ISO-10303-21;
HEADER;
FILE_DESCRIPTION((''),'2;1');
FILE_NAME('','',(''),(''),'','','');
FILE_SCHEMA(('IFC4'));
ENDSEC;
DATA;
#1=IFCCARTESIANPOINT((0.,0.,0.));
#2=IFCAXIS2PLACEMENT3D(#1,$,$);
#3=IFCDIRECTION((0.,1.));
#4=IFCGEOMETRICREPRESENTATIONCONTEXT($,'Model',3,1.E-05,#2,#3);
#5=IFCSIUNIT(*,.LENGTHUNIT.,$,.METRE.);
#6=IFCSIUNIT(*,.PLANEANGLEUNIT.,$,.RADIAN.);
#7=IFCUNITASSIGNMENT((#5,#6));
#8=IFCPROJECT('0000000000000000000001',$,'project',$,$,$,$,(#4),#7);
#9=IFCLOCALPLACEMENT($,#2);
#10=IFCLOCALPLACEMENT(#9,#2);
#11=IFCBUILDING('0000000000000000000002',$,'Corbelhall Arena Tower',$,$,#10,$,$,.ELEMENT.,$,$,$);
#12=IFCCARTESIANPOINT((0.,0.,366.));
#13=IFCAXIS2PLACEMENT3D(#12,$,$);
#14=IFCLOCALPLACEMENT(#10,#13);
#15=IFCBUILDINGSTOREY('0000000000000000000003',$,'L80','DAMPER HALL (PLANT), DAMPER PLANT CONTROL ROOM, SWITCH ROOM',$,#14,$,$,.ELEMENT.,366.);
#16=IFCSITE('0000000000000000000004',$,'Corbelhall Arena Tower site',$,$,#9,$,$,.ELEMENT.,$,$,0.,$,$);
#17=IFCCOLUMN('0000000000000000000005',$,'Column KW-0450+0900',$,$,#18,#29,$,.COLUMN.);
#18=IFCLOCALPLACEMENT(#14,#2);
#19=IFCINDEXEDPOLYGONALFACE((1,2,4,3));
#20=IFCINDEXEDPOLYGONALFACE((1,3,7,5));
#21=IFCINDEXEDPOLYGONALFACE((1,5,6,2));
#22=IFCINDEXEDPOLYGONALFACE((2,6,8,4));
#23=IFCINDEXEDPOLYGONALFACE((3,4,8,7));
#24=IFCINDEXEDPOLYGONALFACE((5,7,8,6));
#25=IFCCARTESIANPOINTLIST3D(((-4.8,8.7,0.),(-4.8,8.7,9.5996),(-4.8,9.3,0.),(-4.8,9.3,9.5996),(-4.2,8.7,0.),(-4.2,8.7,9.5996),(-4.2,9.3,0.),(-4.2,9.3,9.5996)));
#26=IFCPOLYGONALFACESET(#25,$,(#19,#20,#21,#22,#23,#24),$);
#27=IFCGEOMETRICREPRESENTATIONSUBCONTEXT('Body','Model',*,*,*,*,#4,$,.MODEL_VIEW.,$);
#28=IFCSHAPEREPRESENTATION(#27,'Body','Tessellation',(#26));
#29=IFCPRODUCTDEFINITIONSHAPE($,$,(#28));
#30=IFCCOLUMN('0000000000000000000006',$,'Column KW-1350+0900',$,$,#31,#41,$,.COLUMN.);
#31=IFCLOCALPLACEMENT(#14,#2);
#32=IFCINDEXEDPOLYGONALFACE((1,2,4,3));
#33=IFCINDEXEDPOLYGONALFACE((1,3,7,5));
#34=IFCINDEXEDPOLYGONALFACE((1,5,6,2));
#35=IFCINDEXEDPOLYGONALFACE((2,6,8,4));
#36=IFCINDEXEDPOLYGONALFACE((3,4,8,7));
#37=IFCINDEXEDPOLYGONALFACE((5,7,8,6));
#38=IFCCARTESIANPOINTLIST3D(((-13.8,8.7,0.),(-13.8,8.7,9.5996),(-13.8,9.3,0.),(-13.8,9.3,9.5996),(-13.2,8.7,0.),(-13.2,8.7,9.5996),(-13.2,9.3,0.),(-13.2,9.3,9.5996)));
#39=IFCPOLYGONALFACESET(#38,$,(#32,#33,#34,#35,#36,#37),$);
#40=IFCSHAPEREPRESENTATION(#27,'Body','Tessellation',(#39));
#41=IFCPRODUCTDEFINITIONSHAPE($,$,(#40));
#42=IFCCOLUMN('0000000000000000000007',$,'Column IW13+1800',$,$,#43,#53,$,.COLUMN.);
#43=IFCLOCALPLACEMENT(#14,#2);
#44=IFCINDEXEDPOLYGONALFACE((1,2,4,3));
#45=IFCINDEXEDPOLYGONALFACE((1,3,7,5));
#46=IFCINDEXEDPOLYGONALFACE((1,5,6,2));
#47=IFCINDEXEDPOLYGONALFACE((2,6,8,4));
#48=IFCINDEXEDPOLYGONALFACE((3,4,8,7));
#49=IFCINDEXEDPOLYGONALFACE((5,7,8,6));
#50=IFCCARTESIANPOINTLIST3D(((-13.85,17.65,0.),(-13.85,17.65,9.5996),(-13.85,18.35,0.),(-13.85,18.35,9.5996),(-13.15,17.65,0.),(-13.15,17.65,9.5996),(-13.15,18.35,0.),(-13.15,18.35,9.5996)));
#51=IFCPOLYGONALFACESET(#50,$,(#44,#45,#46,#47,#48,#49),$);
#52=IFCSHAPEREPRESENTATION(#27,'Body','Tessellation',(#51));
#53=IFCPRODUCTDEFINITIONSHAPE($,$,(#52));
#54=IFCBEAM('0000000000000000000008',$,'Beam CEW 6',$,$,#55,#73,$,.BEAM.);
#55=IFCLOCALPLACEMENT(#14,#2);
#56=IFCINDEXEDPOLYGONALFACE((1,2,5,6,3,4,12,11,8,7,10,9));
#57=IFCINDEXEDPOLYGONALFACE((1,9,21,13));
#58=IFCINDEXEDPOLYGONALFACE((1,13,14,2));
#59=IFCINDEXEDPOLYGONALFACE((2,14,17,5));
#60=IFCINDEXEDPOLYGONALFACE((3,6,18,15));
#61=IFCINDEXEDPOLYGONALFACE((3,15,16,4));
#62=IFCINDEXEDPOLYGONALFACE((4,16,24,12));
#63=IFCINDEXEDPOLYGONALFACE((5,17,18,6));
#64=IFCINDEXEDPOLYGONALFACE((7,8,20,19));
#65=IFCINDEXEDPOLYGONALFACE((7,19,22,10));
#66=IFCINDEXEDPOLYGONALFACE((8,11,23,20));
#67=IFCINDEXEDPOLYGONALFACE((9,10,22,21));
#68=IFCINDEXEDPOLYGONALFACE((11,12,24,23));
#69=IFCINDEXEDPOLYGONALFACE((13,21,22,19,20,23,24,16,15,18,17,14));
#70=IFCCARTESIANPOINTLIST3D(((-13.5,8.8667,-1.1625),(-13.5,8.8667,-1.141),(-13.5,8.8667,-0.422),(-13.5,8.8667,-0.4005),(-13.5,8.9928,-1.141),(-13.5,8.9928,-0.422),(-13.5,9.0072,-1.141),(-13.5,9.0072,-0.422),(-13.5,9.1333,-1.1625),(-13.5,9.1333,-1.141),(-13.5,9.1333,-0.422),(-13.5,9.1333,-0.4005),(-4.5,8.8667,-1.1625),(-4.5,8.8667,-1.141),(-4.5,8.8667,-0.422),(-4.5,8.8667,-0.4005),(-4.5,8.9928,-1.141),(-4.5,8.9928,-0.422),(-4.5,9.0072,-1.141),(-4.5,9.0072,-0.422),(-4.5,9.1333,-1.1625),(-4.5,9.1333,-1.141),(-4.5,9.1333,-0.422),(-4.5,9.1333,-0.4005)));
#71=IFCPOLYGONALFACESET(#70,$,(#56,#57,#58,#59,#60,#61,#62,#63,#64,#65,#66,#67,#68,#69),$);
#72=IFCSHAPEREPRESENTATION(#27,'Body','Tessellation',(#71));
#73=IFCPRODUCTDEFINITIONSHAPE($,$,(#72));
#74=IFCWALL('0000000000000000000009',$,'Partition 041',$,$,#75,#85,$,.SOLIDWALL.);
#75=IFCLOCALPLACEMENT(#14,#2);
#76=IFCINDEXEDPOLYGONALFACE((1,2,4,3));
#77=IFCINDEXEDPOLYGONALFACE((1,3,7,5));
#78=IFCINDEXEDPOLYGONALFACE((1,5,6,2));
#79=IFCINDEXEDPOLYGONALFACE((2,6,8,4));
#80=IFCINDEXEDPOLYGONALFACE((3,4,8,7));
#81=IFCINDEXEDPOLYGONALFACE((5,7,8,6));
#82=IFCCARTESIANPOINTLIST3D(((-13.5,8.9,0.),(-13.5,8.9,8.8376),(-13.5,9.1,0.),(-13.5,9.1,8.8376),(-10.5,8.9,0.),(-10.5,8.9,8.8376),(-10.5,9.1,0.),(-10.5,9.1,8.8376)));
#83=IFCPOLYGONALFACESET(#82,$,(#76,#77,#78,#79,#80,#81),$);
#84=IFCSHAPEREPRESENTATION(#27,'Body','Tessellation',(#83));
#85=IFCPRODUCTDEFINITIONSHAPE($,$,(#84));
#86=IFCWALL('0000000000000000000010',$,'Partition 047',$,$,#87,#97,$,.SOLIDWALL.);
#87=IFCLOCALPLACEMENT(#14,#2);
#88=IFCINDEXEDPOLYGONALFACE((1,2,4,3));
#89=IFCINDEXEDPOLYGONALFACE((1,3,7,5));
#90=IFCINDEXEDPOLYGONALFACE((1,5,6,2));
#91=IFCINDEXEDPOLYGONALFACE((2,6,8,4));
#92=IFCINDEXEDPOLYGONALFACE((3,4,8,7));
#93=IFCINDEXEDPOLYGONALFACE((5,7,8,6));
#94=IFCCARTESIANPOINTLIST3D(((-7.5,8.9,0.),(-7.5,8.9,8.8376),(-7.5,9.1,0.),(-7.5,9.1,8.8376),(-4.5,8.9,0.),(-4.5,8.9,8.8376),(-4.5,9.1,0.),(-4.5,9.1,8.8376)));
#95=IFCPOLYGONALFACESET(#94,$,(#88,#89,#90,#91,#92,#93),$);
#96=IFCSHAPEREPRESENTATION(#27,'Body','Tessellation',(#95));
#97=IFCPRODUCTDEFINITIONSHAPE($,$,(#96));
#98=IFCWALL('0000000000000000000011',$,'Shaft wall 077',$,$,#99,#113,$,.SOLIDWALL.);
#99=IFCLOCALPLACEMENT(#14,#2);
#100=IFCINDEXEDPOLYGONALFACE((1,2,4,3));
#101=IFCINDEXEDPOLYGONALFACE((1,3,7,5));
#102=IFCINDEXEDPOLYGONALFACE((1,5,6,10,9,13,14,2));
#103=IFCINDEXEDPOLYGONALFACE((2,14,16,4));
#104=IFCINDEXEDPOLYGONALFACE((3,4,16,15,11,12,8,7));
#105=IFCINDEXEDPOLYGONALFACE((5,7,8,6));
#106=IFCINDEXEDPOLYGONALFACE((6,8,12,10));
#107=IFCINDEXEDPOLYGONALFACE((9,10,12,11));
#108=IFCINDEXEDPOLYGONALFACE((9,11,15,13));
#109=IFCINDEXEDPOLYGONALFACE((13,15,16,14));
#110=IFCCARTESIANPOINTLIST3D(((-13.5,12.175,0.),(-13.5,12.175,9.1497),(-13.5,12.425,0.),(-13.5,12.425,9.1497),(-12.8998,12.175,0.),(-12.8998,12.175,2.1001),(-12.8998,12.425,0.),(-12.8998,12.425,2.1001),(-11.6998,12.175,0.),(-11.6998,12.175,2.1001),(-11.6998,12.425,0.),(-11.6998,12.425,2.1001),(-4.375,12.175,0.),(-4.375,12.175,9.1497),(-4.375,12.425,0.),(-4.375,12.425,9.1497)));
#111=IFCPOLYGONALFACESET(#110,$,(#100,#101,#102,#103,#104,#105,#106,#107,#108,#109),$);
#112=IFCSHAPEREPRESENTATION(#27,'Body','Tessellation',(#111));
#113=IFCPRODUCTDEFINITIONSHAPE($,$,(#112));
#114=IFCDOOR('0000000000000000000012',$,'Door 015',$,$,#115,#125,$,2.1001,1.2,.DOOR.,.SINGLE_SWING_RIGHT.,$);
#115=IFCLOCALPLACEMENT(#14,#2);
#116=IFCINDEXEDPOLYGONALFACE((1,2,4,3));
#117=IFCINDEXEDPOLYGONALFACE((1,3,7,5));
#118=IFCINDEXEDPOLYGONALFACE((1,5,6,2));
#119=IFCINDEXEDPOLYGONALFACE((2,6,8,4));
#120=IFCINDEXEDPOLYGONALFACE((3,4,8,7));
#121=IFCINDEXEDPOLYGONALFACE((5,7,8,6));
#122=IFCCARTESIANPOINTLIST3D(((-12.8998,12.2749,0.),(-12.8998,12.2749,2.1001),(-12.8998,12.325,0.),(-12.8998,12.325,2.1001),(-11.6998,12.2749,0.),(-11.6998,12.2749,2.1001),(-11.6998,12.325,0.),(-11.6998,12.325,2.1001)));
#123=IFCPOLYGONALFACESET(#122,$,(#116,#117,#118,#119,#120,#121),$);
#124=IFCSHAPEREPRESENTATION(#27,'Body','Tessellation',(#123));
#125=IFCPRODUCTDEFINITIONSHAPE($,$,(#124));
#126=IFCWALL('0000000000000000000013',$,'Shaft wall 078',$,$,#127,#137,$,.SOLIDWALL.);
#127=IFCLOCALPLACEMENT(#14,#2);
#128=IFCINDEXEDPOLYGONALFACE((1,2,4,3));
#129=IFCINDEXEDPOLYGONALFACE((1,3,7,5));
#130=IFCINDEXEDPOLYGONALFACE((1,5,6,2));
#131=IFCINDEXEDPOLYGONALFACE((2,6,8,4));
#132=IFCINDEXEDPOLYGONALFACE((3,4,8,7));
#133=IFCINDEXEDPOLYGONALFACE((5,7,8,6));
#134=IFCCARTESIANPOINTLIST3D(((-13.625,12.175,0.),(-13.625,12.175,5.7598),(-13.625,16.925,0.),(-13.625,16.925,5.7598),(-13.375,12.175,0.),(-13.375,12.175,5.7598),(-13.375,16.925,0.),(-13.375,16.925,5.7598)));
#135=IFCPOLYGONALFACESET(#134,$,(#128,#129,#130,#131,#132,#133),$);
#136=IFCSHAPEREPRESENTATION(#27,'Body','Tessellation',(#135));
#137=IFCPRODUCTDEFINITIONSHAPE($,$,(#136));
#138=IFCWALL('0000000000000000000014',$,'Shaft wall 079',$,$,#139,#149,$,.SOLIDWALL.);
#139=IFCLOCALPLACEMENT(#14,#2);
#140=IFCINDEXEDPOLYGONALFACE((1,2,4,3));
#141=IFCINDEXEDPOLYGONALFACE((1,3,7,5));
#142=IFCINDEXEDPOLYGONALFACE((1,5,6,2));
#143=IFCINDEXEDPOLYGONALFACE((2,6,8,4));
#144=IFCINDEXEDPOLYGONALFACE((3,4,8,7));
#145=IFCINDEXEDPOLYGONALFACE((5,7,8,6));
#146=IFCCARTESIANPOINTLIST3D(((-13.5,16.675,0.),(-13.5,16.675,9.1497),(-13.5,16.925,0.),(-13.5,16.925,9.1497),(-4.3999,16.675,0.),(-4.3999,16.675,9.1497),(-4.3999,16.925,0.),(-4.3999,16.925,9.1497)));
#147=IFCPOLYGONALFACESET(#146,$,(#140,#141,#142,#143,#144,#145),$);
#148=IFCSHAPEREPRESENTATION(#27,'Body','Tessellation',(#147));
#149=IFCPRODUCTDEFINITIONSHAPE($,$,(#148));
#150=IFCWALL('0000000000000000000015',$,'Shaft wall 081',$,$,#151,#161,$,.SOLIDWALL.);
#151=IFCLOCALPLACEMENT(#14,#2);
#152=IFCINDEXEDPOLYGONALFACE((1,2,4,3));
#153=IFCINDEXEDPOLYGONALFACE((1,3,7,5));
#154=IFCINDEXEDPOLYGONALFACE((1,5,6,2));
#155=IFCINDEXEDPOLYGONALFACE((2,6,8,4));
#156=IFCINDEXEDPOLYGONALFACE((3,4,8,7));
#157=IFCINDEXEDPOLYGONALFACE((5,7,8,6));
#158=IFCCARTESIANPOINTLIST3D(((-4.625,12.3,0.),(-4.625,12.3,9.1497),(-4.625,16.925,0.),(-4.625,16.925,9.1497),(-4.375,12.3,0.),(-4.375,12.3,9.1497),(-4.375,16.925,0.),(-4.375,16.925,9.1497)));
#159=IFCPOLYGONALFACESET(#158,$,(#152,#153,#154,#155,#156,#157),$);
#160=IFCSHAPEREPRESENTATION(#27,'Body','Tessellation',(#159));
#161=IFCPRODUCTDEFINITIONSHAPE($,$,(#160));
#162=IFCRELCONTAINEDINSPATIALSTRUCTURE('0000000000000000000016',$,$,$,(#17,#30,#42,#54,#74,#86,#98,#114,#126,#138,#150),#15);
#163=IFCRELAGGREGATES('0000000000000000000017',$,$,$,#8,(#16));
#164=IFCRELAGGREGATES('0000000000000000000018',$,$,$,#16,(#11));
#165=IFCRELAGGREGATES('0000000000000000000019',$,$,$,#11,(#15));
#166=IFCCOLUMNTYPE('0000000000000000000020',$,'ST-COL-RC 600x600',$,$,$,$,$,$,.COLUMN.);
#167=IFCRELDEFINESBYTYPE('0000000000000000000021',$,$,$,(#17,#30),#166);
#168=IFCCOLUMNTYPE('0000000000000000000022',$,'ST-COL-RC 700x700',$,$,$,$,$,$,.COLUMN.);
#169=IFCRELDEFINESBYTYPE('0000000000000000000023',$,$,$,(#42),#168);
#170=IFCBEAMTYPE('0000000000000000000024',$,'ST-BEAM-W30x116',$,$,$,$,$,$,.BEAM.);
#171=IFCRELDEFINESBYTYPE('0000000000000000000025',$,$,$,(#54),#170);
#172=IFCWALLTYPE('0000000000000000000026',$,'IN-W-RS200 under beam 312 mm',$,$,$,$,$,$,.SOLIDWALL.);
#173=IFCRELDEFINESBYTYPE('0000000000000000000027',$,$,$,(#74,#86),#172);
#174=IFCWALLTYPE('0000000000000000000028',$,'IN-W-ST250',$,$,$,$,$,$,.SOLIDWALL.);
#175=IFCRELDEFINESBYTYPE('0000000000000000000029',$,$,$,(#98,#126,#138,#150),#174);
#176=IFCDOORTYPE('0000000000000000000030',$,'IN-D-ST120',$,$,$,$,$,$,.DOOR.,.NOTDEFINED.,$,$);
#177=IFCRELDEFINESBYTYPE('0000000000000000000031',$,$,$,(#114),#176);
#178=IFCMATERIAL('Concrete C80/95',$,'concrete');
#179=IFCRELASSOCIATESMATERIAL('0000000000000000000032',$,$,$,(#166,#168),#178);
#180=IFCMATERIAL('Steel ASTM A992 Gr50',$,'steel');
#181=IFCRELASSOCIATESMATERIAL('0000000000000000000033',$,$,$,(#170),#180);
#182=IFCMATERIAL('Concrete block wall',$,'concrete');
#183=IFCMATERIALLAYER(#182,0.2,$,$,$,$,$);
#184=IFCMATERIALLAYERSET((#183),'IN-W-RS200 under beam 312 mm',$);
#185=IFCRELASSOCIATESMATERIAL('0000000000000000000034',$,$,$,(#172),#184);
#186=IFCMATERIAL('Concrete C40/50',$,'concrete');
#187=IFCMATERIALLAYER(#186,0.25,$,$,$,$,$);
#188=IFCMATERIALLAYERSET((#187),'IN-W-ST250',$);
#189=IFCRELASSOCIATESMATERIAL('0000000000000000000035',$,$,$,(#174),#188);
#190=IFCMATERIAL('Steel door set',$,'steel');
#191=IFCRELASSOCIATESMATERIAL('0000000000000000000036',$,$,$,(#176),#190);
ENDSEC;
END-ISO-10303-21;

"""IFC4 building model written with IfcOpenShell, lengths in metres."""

from ifc_helpers import new_model, si_unit, direction, frame, frame_2d, origin, origin_2d, place, context, subcontext, project, spatial, rectangle, i_section, extrude, material, layer, layer_set, material_profile, profile_set, type_object, element, fill, save


model = new_model("IFC4")

# Units and contexts
model_context = context("Model", 3, precision=1e-05, world=origin(), true_north=direction((0.0, 1.0)))
body_context = subcontext(model_context, "Body", "Model", "MODEL_VIEW")
ifc_project = project(units=[si_unit("LENGTHUNIT", "METRE"), si_unit("PLANEANGLEUNIT", "RADIAN")], contexts=[model_context])

# Site, building, storey
site_placement = place(None, origin())
site = spatial("IfcSite", under=ifc_project, at=site_placement, Name="Corbelhall Arena Tower site", CompositionType="ELEMENT", RefElevation=0.0)
building_placement = place(site_placement, origin())
building = spatial("IfcBuilding", under=site, at=building_placement, Name="Corbelhall Arena Tower", CompositionType="ELEMENT")
storey_placement = place(building_placement, frame((0.0, 0.0, 366.0)))
storey = spatial("IfcBuildingStorey", under=building, at=storey_placement, Name="L80", Description="DAMPER HALL (PLANT), DAMPER PLANT CONTROL ROOM, SWITCH ROOM", CompositionType="ELEMENT", Elevation=366.0)

# Columns
ifc_material_1 = material(Name="Concrete C80/95", Category="concrete")
ifc_material_profile_1 = material_profile(ifc_material_1, rectangle(XDim=0.6001, YDim=0.6001, at=origin_2d()))
ifc_profile_set_1 = profile_set([ifc_material_profile_1], Name="Concrete C80/95")
column_type_1 = type_object("IfcColumnType", Name="ST-COL-RC 600x600", PredefinedType="COLUMN", material=ifc_profile_set_1)
for number, where, z_axis, x_axis, name in (
    (1, (-4.5, 9.0, 0.0), (0.0, 0.0, 1.0), (1.0, 0.0, 0.0), "Column KW-0450+0900"),
    (2, (-13.5, 9.0, 0.0), (0.0, 0.0, 1.0), (1.0, 0.0, 0.0), "Column KW-1350+0900"),
):
    element("IfcColumn", number, at=place(storey_placement, frame(where, z_axis=z_axis, x_axis=x_axis)), inside=storey, type_object=column_type_1, Name=name, PredefinedType="COLUMN", context=body_context, shape_type="SweptSolid", body=[
        extrude(rectangle(XDim=0.6001, YDim=0.6001, at=origin_2d()), origin(), (0.0, 0.0, 1.0), 9.5996),
    ])
ifc_material_profile_2 = material_profile(ifc_material_1, rectangle(XDim=0.7, YDim=0.7, at=origin_2d()))
ifc_profile_set_2 = profile_set([ifc_material_profile_2], Name="Concrete C80/95")
column_type_2 = type_object("IfcColumnType", Name="ST-COL-RC 700x700", PredefinedType="COLUMN", material=ifc_profile_set_2)
column_placement = place(storey_placement, frame((-13.5, 18.0, 0.0), z_axis=(0.0, 0.0, 1.0), x_axis=(1.0, 0.0, 0.0)))
element("IfcColumn", 3, at=column_placement, inside=storey, type_object=column_type_2, Name="Column IW13+1800", PredefinedType="COLUMN", context=body_context, shape_type="SweptSolid", body=[
    extrude(rectangle(XDim=0.7, YDim=0.7, at=origin_2d()), origin(), (0.0, 0.0, 1.0), 9.5996),
])

# Beam
ifc_material_2 = material(Name="Steel ASTM A992 Gr50", Category="steel")
ifc_material_profile_3 = material_profile(ifc_material_2, i_section(OverallWidth=0.2666, OverallDepth=0.762, WebThickness=0.0144, FlangeThickness=0.0215, at=origin_2d()))
ifc_profile_set_3 = profile_set([ifc_material_profile_3], Name="Steel ASTM A992 Gr50")
beam_type = type_object("IfcBeamType", Name="ST-BEAM-W30x116", PredefinedType="BEAM", material=ifc_profile_set_3)
beam_placement = place(storey_placement, frame((-13.5, 9.0, -0.7815), z_axis=(1.0, 0.0, 0.0), x_axis=(0.0, 1.0, 0.0)))
element("IfcBeam", 4, at=beam_placement, inside=storey, type_object=beam_type, Name="Beam CEW 6", PredefinedType="BEAM", context=body_context, shape_type="SweptSolid", body=[
    extrude(i_section(OverallWidth=0.2666, OverallDepth=0.762, WebThickness=0.0144, FlangeThickness=0.0215, at=origin_2d()), origin(), (0.0, 0.0, 1.0), 9.0),
])

# Shared definitions
ifc_material_3 = material(Name="Steel door set", Category="steel")
ifc_material_4 = material(Name="Concrete block wall", Category="concrete")

# Walls
ifc_layer_1 = layer(ifc_material_4, 0.2)
ifc_layer_set_1 = layer_set([ifc_layer_1], Name="IN-W-RS200 under beam 312 mm")
wall_type_1 = type_object("IfcWallType", Name="IN-W-RS200 under beam 312 mm", PredefinedType="SOLIDWALL", material=ifc_layer_set_1)
for number, where, z_axis, x_axis, name in (
    (5, (-13.5, 9.0, 0.0), (0.0, 0.0, 1.0), (1.0, 0.0, 0.0), "Partition 041"),
    (6, (-7.5, 9.0, 0.0), (0.0, 0.0, 1.0), (1.0, 0.0, 0.0), "Partition 047"),
):
    element("IfcWall", number, at=place(storey_placement, frame(where, z_axis=z_axis, x_axis=x_axis)), inside=storey, type_object=wall_type_1, Name=name, PredefinedType="SOLIDWALL", context=body_context, shape_type="SweptSolid", body=[
        extrude(rectangle(XDim=3.0, YDim=0.2, at=frame_2d((1.5, 0.0))), origin(), (0.0, 0.0, 1.0), 8.8376),
    ])

# Wall, opening, door
ifc_material_5 = material(Name="Concrete C40/50", Category="concrete")
ifc_layer_2 = layer(ifc_material_5, 0.25)
ifc_layer_set_2 = layer_set([ifc_layer_2], Name="IN-W-ST250")
wall_type_2 = type_object("IfcWallType", Name="IN-W-ST250", PredefinedType="SOLIDWALL", material=ifc_layer_set_2)
wall_1_placement = place(storey_placement, frame((-13.5, 12.3, 0.0), z_axis=(0.0, 0.0, 1.0), x_axis=(1.0, 0.0, 0.0)))
wall_1 = element("IfcWall", 7, at=wall_1_placement, inside=storey, type_object=wall_type_2, Name="Shaft wall 077", PredefinedType="SOLIDWALL", context=body_context, shape_type="SweptSolid", body=[
    extrude(rectangle(XDim=9.125, YDim=0.25, at=frame_2d((4.5625, 0.0))), origin(), (0.0, 0.0, 1.0), 9.1497),
])
opening_1_placement = place(wall_1_placement, frame((0.6001, 0.0, 0.0)))
opening_1 = element("IfcOpeningElement", 8, at=opening_1_placement, cuts=wall_1, PredefinedType="OPENING", context=body_context, shape_type="SweptSolid", body=[
    extrude(rectangle(XDim=1.2, YDim=2.1001, at=frame_2d((0.6001, 1.05))), frame((0.0, 0.125, 0.0), z_axis=(0.0, -1.0, 0.0), x_axis=(1.0, 0.0, 0.0)), (0.0, 0.0, 1.0), 0.25),
])
door_type_1 = type_object("IfcDoorType", Name="IN-D-ST120", OperationType="NOTDEFINED", PredefinedType="DOOR", material=ifc_material_3)
door_1_placement = place(opening_1_placement, origin())
door_1 = element("IfcDoor", 9, at=door_1_placement, inside=storey, type_object=door_type_1, Name="Door 015", OperationType="SINGLE_SWING_RIGHT", OverallHeight=2.1001, OverallWidth=1.2, PredefinedType="DOOR", context=body_context, shape_type="SweptSolid", body=[
    extrude(rectangle(XDim=1.2, YDim=2.1001, at=frame_2d((0.6001, 1.05))), frame((0.0, 0.0249, 0.0), z_axis=(0.0, -1.0, 0.0), x_axis=(1.0, 0.0, 0.0)), (0.0, 0.0, 1.0), 0.05),
])
fill(opening_1, door_1)

# Walls
wall_2_placement = place(storey_placement, frame((-13.5, 12.175, 0.0), z_axis=(0.0, 0.0, 1.0), x_axis=(0.0, 1.0, 0.0)))
element("IfcWall", 10, at=wall_2_placement, inside=storey, type_object=wall_type_2, Name="Shaft wall 078", PredefinedType="SOLIDWALL", context=body_context, shape_type="SweptSolid", body=[
    extrude(rectangle(XDim=4.75, YDim=0.25, at=frame_2d((2.375, 0.0))), origin(), (0.0, 0.0, 1.0), 5.7598),
])
wall_3_placement = place(storey_placement, frame((-13.5, 16.8, 0.0), z_axis=(0.0, 0.0, 1.0), x_axis=(1.0, 0.0, 0.0)))
element("IfcWall", 11, at=wall_3_placement, inside=storey, type_object=wall_type_2, Name="Shaft wall 079", PredefinedType="SOLIDWALL", context=body_context, shape_type="SweptSolid", body=[
    extrude(rectangle(XDim=9.1001, YDim=0.25, at=frame_2d((4.55, 0.0))), origin(), (0.0, 0.0, 1.0), 9.1497),
])
wall_4_placement = place(storey_placement, frame((-4.5, 16.925, 0.0), z_axis=(0.0, 0.0, 1.0), x_axis=(0.0, -1.0, 0.0)))
element("IfcWall", 12, at=wall_4_placement, inside=storey, type_object=wall_type_2, Name="Shaft wall 081", PredefinedType="SOLIDWALL", context=body_context, shape_type="SweptSolid", body=[
    extrude(rectangle(XDim=4.625, YDim=0.25, at=frame_2d((2.3125, 0.0))), origin(), (0.0, 0.0, 1.0), 9.1497),
])

save(model, "model.ifc")
